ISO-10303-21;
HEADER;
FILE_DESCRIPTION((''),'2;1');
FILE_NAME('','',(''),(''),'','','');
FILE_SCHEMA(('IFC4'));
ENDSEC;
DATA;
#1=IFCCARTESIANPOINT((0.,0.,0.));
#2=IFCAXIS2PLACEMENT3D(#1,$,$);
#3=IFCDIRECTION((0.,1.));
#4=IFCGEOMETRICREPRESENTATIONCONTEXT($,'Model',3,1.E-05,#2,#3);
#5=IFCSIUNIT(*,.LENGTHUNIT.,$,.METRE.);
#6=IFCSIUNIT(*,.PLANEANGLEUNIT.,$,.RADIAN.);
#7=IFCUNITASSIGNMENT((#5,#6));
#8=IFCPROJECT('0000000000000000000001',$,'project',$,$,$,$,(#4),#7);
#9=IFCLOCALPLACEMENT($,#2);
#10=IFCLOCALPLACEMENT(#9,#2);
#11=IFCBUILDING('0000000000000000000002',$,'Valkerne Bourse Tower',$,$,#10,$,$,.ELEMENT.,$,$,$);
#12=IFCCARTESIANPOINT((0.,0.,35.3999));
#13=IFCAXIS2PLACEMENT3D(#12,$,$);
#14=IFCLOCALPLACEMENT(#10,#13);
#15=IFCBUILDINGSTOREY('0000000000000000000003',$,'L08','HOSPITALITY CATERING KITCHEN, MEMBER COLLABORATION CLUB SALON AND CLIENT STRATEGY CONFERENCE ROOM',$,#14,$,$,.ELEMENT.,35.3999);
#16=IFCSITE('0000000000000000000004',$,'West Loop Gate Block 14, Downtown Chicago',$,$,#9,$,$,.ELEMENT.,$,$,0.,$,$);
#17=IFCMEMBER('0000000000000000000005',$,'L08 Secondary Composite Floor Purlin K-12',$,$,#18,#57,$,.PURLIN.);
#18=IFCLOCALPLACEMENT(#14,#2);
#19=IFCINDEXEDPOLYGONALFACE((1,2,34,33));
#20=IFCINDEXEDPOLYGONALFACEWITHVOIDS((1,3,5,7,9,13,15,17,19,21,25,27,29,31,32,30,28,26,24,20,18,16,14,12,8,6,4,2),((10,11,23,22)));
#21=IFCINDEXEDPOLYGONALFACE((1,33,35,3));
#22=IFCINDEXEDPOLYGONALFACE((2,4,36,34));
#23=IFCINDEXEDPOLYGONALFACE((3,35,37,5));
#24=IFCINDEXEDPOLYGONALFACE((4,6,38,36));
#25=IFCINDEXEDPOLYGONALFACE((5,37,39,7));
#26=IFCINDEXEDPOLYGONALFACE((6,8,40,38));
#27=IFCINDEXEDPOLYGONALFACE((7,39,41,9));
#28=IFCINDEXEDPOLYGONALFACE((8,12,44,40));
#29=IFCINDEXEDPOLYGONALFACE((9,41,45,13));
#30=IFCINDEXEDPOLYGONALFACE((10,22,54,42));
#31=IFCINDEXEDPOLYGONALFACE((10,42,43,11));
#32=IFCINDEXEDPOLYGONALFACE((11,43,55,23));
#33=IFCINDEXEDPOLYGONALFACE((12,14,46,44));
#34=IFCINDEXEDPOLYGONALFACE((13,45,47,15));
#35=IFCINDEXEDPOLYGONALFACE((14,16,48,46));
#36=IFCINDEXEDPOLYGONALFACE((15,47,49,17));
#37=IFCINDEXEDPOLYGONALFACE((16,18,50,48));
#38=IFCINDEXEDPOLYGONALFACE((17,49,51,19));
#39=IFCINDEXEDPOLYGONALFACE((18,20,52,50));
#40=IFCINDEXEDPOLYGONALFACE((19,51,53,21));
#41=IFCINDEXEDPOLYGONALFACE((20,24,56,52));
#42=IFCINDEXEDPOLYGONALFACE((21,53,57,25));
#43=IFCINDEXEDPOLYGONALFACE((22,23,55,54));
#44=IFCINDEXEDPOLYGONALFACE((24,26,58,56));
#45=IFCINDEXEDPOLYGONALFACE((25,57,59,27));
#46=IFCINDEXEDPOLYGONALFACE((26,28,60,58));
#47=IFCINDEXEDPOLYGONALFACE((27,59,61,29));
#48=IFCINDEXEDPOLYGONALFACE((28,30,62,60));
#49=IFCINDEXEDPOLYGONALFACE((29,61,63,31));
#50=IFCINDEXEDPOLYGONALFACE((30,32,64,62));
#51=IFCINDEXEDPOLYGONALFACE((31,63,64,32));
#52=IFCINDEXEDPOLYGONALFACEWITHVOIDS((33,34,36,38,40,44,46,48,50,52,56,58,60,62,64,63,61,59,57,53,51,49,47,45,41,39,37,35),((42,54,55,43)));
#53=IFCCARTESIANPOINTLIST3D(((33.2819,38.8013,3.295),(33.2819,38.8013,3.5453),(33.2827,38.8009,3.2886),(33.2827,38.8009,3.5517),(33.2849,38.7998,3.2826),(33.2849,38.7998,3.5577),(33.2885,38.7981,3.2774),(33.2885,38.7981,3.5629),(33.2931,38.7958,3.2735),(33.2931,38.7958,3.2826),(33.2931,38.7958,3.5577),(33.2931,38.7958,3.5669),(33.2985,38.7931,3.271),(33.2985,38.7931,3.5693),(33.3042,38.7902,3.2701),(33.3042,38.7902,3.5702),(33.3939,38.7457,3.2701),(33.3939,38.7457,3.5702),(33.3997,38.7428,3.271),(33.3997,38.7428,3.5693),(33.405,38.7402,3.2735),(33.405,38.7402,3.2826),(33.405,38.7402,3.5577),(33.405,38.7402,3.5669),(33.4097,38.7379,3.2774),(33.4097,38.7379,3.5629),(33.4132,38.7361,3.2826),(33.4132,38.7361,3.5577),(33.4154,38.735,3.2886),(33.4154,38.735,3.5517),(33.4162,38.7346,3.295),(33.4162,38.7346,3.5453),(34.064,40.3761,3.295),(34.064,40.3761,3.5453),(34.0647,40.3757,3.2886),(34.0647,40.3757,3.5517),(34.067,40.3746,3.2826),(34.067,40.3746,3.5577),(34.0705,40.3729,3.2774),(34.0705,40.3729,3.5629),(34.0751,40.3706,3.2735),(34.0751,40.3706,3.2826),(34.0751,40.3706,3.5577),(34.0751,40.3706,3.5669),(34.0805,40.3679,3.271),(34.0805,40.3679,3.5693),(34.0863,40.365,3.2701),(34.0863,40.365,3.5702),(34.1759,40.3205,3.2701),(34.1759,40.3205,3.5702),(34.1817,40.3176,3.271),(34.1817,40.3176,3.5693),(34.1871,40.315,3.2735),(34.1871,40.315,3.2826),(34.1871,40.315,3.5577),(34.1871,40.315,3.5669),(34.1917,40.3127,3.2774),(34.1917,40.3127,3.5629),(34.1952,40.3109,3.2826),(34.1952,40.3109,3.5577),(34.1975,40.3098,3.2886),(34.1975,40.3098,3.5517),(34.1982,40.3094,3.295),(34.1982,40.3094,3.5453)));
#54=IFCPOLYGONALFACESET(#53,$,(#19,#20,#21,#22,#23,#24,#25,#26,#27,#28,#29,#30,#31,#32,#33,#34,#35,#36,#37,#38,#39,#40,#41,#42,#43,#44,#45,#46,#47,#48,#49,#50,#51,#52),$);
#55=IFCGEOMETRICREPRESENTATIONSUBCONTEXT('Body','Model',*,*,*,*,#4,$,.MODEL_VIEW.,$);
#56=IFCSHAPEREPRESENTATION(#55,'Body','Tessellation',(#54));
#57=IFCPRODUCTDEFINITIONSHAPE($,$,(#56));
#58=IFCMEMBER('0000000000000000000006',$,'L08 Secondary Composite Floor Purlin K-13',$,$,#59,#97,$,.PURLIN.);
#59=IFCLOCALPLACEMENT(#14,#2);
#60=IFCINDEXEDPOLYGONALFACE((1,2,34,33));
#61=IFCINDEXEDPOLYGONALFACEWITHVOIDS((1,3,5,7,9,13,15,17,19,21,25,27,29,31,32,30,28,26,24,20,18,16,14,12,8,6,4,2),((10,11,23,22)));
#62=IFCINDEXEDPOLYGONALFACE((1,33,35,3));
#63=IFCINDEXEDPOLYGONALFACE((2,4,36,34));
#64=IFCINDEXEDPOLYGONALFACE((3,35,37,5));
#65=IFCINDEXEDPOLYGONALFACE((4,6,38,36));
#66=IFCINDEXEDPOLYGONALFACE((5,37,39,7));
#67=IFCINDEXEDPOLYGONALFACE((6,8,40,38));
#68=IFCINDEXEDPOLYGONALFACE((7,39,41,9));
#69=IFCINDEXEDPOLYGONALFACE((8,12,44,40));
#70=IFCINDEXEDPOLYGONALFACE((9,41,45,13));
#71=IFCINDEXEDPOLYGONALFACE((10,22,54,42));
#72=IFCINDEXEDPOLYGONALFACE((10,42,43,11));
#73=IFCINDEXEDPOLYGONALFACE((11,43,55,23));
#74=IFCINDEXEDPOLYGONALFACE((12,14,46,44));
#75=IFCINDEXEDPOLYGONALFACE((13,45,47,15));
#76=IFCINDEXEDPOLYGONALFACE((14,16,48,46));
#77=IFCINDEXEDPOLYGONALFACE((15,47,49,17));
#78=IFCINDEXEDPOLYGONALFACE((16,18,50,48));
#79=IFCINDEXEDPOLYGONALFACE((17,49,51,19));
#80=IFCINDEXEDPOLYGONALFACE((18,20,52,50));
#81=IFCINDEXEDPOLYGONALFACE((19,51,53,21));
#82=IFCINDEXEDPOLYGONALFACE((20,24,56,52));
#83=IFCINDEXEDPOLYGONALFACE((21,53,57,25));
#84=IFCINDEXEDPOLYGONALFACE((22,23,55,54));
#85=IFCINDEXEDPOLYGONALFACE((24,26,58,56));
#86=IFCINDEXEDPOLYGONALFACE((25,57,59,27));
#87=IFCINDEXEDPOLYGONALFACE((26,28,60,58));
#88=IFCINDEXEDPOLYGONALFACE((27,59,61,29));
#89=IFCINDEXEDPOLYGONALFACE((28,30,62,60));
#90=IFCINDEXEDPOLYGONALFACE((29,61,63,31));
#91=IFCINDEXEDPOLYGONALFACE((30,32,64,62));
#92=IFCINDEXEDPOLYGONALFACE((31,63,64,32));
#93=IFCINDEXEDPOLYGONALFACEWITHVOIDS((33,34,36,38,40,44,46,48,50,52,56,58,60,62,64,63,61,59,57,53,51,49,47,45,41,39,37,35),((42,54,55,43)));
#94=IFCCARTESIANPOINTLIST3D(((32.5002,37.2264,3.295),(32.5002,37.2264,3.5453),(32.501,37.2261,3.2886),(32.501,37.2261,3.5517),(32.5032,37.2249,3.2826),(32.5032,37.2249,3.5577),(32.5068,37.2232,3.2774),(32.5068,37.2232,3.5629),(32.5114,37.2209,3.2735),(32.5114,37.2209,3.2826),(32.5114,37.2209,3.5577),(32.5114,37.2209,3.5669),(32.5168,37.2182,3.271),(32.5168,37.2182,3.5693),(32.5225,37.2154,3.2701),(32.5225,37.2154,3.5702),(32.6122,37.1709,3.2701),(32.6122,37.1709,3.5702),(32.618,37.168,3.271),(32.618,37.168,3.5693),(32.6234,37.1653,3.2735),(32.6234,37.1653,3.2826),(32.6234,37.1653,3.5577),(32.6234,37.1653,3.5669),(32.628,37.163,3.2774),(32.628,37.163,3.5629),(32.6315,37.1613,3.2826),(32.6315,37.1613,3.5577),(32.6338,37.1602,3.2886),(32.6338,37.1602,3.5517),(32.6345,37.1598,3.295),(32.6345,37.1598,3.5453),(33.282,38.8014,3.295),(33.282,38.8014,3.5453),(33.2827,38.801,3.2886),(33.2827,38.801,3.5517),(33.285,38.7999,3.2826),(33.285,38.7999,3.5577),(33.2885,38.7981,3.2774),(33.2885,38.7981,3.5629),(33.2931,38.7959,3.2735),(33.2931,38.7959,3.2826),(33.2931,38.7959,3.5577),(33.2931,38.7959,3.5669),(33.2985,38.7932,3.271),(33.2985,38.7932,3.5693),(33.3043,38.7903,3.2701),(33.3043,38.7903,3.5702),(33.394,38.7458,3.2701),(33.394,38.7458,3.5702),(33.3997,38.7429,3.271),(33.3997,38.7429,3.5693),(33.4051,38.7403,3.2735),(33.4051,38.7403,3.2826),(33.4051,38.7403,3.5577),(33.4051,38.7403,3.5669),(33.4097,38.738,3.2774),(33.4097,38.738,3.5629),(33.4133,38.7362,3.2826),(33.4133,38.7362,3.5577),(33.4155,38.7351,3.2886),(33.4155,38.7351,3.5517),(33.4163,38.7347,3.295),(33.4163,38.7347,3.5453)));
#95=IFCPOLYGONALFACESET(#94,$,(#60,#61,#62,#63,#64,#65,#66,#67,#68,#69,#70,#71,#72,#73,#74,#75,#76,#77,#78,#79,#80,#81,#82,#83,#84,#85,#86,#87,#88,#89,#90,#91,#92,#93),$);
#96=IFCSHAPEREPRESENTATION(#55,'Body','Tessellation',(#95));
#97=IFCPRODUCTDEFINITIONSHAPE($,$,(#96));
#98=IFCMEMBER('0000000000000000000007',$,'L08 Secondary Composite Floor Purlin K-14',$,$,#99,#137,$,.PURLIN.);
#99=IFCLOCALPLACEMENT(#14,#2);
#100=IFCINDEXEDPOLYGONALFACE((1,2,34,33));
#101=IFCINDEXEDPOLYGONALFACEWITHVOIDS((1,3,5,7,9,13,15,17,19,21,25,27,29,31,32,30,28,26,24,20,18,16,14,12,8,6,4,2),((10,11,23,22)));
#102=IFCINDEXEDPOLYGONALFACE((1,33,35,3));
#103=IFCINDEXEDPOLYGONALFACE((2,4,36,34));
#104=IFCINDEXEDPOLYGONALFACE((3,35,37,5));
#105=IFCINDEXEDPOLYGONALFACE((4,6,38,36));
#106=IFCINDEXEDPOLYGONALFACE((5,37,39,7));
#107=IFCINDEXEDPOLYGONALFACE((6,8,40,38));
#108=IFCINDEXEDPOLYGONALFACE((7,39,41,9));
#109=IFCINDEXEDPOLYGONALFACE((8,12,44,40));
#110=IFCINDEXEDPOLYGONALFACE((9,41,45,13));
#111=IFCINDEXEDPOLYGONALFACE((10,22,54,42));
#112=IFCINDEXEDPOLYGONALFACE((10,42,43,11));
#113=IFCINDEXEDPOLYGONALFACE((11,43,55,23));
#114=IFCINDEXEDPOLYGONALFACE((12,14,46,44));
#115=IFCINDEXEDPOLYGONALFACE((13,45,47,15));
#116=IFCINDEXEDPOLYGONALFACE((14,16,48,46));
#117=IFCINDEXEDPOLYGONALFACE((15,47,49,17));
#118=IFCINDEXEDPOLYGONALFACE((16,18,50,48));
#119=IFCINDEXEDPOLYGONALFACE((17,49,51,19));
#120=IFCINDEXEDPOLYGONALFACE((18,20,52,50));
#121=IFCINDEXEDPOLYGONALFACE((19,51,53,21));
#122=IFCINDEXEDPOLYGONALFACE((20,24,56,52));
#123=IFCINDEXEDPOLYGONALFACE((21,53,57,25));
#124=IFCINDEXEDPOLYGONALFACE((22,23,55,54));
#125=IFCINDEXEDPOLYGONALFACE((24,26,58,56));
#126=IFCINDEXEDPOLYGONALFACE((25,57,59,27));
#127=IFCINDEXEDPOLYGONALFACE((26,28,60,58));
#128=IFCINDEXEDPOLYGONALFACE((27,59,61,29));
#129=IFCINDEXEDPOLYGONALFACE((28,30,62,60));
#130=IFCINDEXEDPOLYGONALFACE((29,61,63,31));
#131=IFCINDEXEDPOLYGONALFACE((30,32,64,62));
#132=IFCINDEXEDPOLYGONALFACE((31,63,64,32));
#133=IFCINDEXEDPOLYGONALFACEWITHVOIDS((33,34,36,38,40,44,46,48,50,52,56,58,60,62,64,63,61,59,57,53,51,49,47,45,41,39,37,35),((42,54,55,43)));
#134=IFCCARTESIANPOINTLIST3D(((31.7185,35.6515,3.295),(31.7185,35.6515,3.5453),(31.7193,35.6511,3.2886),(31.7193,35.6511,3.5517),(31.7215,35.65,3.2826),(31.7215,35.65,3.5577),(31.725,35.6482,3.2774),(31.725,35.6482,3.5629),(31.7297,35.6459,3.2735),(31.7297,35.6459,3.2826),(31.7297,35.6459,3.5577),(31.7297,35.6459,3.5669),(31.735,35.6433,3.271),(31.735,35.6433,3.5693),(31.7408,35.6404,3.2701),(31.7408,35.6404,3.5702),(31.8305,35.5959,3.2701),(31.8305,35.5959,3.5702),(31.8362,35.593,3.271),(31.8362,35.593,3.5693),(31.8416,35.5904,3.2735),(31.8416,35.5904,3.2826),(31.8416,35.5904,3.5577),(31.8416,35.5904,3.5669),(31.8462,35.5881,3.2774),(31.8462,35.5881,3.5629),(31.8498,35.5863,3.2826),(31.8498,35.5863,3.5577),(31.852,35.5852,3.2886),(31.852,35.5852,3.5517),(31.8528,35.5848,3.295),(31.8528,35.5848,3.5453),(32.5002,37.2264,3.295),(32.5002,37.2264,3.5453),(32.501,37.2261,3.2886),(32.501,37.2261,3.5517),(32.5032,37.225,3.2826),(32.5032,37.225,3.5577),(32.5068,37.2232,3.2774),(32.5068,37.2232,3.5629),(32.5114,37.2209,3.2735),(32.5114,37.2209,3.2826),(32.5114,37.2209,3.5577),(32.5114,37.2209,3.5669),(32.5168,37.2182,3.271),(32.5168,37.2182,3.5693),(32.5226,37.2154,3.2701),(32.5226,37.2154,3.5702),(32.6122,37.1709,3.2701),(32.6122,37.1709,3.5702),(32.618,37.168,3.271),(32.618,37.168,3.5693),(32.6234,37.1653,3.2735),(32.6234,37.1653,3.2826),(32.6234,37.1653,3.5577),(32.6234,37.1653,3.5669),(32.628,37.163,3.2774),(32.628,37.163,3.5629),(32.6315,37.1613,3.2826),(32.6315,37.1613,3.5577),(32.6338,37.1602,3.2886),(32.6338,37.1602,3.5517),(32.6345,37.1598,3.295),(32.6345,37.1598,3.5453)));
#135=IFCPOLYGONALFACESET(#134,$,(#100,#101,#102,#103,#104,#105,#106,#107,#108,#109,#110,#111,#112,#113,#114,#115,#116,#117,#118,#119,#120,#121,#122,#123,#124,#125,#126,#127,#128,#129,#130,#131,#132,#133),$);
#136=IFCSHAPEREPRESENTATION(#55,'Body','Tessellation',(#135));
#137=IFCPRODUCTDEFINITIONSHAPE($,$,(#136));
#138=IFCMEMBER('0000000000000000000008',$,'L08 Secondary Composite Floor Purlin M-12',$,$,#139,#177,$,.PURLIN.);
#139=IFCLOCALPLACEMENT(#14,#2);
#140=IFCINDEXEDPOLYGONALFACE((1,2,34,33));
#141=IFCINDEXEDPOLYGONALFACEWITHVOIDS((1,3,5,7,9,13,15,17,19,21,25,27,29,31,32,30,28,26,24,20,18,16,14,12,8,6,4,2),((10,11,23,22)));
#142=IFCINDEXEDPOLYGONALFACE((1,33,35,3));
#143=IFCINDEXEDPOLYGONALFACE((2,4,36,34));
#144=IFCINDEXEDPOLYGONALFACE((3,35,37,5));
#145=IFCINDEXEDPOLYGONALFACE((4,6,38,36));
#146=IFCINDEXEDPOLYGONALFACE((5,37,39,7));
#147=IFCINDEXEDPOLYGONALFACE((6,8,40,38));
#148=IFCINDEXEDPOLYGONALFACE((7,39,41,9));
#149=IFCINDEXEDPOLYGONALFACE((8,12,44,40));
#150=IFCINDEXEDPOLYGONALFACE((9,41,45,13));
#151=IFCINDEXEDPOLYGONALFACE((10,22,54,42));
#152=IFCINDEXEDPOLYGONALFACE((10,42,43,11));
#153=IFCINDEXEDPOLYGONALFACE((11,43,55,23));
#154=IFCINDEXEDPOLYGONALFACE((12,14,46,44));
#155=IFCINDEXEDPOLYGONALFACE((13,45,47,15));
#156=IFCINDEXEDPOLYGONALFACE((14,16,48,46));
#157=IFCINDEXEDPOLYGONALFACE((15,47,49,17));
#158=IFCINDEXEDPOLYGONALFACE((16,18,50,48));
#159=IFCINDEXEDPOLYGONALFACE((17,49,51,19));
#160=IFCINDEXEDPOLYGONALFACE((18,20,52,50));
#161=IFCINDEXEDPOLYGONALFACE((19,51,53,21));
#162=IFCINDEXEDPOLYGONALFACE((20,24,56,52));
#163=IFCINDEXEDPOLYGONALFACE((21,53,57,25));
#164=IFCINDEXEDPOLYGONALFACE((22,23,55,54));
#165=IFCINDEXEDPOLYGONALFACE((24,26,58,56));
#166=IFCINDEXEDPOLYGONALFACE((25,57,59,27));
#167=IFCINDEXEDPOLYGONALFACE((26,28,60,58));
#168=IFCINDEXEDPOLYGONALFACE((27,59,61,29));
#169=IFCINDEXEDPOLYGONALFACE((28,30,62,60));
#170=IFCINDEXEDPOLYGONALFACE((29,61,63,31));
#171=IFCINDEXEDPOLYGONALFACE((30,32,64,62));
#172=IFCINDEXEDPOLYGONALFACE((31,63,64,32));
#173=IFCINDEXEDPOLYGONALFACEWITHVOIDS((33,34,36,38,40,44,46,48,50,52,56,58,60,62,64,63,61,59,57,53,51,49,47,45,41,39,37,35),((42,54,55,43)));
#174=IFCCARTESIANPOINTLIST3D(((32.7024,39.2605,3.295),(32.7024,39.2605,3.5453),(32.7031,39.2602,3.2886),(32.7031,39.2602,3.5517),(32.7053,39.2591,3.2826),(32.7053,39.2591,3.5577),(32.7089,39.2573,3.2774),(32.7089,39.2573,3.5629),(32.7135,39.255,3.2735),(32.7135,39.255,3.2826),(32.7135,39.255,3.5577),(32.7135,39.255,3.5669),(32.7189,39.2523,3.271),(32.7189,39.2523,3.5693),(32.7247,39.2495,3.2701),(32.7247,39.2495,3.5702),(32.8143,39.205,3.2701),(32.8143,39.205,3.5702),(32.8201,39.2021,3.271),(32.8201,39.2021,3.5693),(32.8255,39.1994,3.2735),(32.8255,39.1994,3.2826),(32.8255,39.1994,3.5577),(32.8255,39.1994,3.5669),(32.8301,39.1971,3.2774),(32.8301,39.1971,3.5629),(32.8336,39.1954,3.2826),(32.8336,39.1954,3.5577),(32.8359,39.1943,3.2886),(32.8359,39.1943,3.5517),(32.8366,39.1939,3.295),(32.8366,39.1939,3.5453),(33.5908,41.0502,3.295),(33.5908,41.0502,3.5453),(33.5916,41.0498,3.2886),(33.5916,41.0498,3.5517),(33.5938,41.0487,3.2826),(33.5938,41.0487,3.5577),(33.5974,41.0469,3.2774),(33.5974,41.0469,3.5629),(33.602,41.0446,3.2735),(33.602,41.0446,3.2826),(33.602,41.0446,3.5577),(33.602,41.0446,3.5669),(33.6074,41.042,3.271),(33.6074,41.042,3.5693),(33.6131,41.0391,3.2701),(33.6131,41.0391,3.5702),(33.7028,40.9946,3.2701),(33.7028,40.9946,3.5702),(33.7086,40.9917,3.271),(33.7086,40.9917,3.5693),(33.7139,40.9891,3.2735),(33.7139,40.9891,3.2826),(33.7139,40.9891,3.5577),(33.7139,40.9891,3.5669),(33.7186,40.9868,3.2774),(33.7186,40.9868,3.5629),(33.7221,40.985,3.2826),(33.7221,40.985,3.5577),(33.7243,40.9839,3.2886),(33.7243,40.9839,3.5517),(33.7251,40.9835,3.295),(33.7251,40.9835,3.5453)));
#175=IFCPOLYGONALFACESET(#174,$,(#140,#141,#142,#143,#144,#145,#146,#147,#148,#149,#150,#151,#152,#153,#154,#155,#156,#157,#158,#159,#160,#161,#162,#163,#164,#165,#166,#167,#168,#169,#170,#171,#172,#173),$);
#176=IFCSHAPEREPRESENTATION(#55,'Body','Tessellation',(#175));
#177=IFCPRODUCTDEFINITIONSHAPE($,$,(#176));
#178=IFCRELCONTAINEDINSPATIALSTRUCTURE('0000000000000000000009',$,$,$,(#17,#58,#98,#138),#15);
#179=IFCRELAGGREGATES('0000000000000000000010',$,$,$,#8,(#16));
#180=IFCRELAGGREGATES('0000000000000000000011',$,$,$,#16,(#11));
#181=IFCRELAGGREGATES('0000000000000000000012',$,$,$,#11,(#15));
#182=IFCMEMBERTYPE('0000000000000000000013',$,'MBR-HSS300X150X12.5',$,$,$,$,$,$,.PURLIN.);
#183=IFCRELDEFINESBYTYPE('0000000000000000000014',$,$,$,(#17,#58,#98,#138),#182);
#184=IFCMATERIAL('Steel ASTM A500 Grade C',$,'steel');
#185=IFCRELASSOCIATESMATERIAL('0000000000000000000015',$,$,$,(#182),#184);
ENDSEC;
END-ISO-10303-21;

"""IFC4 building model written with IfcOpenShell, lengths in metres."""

from ifc_helpers import new_model, si_unit, direction, frame, origin, origin_2d, place, context, subcontext, project, spatial, hollow_rectangle, extrude, material, material_profile, profile_set, type_object, element, save


model = new_model("IFC4")

# Units and contexts
model_context = context("Model", 3, precision=1e-05, world=origin(), true_north=direction((0.0, 1.0)))
body_context = subcontext(model_context, "Body", "Model", "MODEL_VIEW")
ifc_project = project(units=[si_unit("LENGTHUNIT", "METRE"), si_unit("PLANEANGLEUNIT", "RADIAN")], contexts=[model_context])

# Site, building, storey
site_placement = place(None, origin())
site = spatial("IfcSite", under=ifc_project, at=site_placement, Name="West Loop Gate Block 14, Downtown Chicago", CompositionType="ELEMENT", RefElevation=0.0)
building_placement = place(site_placement, origin())
building = spatial("IfcBuilding", under=site, at=building_placement, Name="Valkerne Bourse Tower", CompositionType="ELEMENT")
storey_placement = place(building_placement, frame((0.0, 0.0, 35.3999)))
storey = spatial("IfcBuildingStorey", under=building, at=storey_placement, Name="L08", Description="HOSPITALITY CATERING KITCHEN, MEMBER COLLABORATION CLUB SALON AND CLIENT STRATEGY CONFERENCE ROOM", CompositionType="ELEMENT", Elevation=35.3999)

# Members
ifc_material_1 = material(Name="Steel ASTM A500 Grade C", Category="steel")
ifc_material_profile_1 = material_profile(ifc_material_1, hollow_rectangle(XDim=0.1499, YDim=0.3, WallThickness=0.0125, OuterFilletRadius=0.0249, at=origin_2d()), Name="HSS300X150X12.5")
ifc_profile_set_1 = profile_set([ifc_material_profile_1], Name="Steel ASTM A500 Grade C")
member_type_1 = type_object("IfcMemberType", Name="MBR-HSS300X150X12.5", PredefinedType="PURLIN", material=ifc_profile_set_1)
for number, where, z_axis, x_axis, name in (
    (1, (34.1311, 40.3428, 3.4202), (-0.444768, -0.895646, 0.0), (0.895646, -0.444768, 0.0), "L08 Secondary Composite Floor Purlin K-12"),
    (2, (33.3491, 38.7681, 3.4202), (-0.444601, -0.895729, 0.0), (0.895729, -0.444601, 0.0), "L08 Secondary Composite Floor Purlin K-13"),
    (3, (32.5674, 37.1931, 3.4202), (-0.444601, -0.895729, 0.0), (0.895729, -0.444601, 0.0), "L08 Secondary Composite Floor Purlin K-14"),
):
    element("IfcMember", number, at=place(storey_placement, frame(where, z_axis=z_axis, x_axis=x_axis)), inside=storey, type_object=member_type_1, Name=name, PredefinedType="PURLIN", context=body_context, shape_type="SweptSolid", body=[
        extrude(hollow_rectangle(XDim=0.1499, YDim=0.3, WallThickness=0.0125, OuterFilletRadius=0.0249, at=origin_2d()), origin(), (0.0, 0.0, 1.0), 1.7583),
    ])
for number, where, z_axis, x_axis, name in (
    (4, (33.658, 41.0168, 3.4202), (-0.44467, -0.895694, 0.0), (0.895694, -0.44467, 0.0), "L08 Secondary Composite Floor Purlin M-12"),
):
    element("IfcMember", number, at=place(storey_placement, frame(where, z_axis=z_axis, x_axis=x_axis)), inside=storey, type_object=member_type_1, Name=name, PredefinedType="PURLIN", context=body_context, shape_type="SweptSolid", body=[
        extrude(hollow_rectangle(XDim=0.1499, YDim=0.3, WallThickness=0.0125, OuterFilletRadius=0.0249, at=origin_2d()), origin(), (0.0, 0.0, 1.0), 1.998),
    ])

save(model, "model.ifc")
